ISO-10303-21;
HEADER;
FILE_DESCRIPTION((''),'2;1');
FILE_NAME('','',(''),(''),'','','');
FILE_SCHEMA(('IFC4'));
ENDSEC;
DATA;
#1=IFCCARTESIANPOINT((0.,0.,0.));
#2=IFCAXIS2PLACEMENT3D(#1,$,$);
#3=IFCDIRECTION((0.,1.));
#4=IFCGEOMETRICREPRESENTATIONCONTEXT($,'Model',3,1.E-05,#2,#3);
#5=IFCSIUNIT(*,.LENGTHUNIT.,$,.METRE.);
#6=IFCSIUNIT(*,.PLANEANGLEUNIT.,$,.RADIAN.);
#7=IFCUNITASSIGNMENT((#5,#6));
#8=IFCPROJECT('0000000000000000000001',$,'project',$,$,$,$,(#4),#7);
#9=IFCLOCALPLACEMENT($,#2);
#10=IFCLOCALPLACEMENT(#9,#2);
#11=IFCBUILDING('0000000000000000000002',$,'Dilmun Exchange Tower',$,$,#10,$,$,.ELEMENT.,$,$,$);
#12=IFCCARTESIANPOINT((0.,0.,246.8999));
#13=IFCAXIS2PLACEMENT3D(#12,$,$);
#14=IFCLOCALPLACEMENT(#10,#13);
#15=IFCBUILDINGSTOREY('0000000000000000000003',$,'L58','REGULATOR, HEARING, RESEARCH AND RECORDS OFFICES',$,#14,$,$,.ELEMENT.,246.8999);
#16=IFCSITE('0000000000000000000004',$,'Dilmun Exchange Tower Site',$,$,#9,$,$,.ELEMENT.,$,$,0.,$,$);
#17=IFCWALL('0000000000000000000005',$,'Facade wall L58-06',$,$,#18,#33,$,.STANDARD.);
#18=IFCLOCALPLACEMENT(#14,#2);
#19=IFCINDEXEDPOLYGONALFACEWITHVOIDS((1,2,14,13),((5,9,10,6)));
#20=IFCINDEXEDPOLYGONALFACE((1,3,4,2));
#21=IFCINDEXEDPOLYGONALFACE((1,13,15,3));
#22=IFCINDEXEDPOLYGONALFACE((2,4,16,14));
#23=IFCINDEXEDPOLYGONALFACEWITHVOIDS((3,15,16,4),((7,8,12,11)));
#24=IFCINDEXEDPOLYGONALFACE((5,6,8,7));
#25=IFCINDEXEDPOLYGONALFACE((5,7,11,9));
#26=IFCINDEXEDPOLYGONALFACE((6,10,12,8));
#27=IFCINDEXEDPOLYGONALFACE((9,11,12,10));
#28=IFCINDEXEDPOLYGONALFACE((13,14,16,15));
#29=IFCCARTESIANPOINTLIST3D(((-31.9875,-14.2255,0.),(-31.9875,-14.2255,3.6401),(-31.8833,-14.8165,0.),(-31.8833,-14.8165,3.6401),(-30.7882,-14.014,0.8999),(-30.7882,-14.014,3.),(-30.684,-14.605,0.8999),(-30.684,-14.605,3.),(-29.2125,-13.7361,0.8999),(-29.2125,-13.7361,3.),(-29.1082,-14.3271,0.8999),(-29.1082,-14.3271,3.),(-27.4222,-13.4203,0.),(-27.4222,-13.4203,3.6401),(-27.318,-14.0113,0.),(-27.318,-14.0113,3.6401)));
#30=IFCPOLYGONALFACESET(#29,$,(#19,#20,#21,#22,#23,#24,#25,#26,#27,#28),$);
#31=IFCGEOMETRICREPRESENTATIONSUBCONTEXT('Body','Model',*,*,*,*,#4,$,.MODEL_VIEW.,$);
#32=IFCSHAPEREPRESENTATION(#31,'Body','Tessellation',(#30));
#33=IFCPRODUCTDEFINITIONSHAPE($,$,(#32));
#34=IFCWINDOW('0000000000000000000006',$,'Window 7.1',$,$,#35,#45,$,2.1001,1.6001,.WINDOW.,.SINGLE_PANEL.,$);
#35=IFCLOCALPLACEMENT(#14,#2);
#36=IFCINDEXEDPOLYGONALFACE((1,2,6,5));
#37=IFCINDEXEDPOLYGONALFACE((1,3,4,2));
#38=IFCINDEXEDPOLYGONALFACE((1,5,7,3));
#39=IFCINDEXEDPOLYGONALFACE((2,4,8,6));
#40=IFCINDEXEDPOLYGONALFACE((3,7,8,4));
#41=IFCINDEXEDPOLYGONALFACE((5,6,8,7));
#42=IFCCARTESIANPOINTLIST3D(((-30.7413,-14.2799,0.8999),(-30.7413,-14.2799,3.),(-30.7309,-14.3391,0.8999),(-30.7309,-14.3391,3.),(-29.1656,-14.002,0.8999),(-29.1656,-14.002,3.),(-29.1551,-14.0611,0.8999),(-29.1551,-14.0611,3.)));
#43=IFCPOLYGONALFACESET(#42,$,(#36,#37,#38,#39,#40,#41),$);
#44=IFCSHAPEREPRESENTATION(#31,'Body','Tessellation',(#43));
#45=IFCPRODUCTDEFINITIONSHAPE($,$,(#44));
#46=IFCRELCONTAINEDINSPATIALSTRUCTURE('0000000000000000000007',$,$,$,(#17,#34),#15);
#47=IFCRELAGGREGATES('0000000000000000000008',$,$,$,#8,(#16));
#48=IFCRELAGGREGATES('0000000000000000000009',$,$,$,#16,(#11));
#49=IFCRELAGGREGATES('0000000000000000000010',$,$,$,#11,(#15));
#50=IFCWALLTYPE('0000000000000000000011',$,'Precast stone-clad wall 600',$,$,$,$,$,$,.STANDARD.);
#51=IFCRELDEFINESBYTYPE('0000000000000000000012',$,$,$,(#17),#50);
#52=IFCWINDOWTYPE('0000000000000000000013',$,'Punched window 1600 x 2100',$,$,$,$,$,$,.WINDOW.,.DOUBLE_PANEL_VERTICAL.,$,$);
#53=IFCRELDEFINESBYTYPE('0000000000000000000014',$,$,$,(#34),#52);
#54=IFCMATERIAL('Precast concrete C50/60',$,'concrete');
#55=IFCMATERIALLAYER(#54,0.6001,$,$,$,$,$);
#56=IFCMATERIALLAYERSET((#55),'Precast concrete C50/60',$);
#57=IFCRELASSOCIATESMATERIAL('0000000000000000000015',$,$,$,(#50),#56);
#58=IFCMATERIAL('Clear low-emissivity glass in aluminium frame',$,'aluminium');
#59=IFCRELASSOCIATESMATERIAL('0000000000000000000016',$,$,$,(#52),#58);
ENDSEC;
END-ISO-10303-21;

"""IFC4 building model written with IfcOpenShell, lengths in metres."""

from ifc_helpers import new_model, si_unit, direction, frame, frame_2d, origin, place, context, subcontext, project, spatial, rectangle, extrude, material, layer, layer_set, type_object, element, fill, save


model = new_model("IFC4")

# Units and contexts
model_context = context("Model", 3, precision=1e-05, world=origin(), true_north=direction((0.0, 1.0)))
body_context = subcontext(model_context, "Body", "Model", "MODEL_VIEW")
ifc_project = project(units=[si_unit("LENGTHUNIT", "METRE"), si_unit("PLANEANGLEUNIT", "RADIAN")], contexts=[model_context])

# Site, building, storey
site_placement = place(None, origin())
site = spatial("IfcSite", under=ifc_project, at=site_placement, Name="Dilmun Exchange Tower Site", CompositionType="ELEMENT", RefElevation=0.0)
building_placement = place(site_placement, origin())
building = spatial("IfcBuilding", under=site, at=building_placement, Name="Dilmun Exchange Tower", CompositionType="ELEMENT")
storey_placement = place(building_placement, frame((0.0, 0.0, 246.8999)))
storey = spatial("IfcBuildingStorey", under=building, at=storey_placement, Name="L58", Description="REGULATOR, HEARING, RESEARCH AND RECORDS OFFICES", CompositionType="ELEMENT", Elevation=246.8999)

# Wall, opening, window
ifc_material_1 = material(Name="Precast concrete C50/60", Category="concrete")
ifc_layer_1 = layer(ifc_material_1, 0.6001)
ifc_layer_set_1 = layer_set([ifc_layer_1], Name="Precast concrete C50/60")
wall_type_1 = type_object("IfcWallType", Name="Precast stone-clad wall 600", PredefinedType="STANDARD", material=ifc_layer_set_1)
wall_1_placement = place(storey_placement, frame((-27.3701, -13.7158, 0.0), z_axis=(0.0, 0.0, 1.0), x_axis=(-0.9848, -0.173692, 0.0)))
wall_1 = element("IfcWall", 1, at=wall_1_placement, inside=storey, type_object=wall_type_1, Name="Facade wall L58-06", PredefinedType="STANDARD", context=body_context, shape_type="SweptSolid", body=[
    extrude(rectangle(XDim=4.6357, YDim=0.6001, at=frame_2d((2.3179, 0.0))), origin(), (0.0, 0.0, 1.0), 3.6401),
])
opening_1_placement = place(wall_1_placement, frame((1.8179, 0.0, 0.8999)))
opening_1 = element("IfcOpeningElement", 2, at=opening_1_placement, cuts=wall_1, PredefinedType="OPENING", context=body_context, shape_type="SweptSolid", body=[
    extrude(rectangle(XDim=1.6001, YDim=2.1001, at=frame_2d((0.8, 1.05))), frame((0.0, 0.3101, 0.0), z_axis=(0.0, -1.0, 0.0), x_axis=(1.0, 0.0, 0.0)), (0.0, 0.0, 1.0), 0.6201),
])
ifc_material_2 = material(Name="Clear low-emissivity glass in aluminium frame", Category="aluminium")
window_type_1 = type_object("IfcWindowType", Name="Punched window 1600 x 2100", PartitioningType="DOUBLE_PANEL_VERTICAL", PredefinedType="WINDOW", material=ifc_material_2)
window_1_placement = place(opening_1_placement, origin())
window_1 = element("IfcWindow", 3, at=window_1_placement, inside=storey, type_object=window_type_1, Name="Window 7.1", OverallHeight=2.1001, OverallWidth=1.6001, PartitioningType="SINGLE_PANEL", PredefinedType="WINDOW", context=body_context, shape_type="SweptSolid", body=[
    extrude(rectangle(XDim=1.6001, YDim=2.1001, at=frame_2d((0.8, 1.05))), frame((0.0, 0.03, 0.0), z_axis=(0.0, -1.0, 0.0), x_axis=(1.0, 0.0, 0.0)), (0.0, 0.0, 1.0), 0.0601),
])
fill(opening_1, window_1)

save(model, "model.ifc")
